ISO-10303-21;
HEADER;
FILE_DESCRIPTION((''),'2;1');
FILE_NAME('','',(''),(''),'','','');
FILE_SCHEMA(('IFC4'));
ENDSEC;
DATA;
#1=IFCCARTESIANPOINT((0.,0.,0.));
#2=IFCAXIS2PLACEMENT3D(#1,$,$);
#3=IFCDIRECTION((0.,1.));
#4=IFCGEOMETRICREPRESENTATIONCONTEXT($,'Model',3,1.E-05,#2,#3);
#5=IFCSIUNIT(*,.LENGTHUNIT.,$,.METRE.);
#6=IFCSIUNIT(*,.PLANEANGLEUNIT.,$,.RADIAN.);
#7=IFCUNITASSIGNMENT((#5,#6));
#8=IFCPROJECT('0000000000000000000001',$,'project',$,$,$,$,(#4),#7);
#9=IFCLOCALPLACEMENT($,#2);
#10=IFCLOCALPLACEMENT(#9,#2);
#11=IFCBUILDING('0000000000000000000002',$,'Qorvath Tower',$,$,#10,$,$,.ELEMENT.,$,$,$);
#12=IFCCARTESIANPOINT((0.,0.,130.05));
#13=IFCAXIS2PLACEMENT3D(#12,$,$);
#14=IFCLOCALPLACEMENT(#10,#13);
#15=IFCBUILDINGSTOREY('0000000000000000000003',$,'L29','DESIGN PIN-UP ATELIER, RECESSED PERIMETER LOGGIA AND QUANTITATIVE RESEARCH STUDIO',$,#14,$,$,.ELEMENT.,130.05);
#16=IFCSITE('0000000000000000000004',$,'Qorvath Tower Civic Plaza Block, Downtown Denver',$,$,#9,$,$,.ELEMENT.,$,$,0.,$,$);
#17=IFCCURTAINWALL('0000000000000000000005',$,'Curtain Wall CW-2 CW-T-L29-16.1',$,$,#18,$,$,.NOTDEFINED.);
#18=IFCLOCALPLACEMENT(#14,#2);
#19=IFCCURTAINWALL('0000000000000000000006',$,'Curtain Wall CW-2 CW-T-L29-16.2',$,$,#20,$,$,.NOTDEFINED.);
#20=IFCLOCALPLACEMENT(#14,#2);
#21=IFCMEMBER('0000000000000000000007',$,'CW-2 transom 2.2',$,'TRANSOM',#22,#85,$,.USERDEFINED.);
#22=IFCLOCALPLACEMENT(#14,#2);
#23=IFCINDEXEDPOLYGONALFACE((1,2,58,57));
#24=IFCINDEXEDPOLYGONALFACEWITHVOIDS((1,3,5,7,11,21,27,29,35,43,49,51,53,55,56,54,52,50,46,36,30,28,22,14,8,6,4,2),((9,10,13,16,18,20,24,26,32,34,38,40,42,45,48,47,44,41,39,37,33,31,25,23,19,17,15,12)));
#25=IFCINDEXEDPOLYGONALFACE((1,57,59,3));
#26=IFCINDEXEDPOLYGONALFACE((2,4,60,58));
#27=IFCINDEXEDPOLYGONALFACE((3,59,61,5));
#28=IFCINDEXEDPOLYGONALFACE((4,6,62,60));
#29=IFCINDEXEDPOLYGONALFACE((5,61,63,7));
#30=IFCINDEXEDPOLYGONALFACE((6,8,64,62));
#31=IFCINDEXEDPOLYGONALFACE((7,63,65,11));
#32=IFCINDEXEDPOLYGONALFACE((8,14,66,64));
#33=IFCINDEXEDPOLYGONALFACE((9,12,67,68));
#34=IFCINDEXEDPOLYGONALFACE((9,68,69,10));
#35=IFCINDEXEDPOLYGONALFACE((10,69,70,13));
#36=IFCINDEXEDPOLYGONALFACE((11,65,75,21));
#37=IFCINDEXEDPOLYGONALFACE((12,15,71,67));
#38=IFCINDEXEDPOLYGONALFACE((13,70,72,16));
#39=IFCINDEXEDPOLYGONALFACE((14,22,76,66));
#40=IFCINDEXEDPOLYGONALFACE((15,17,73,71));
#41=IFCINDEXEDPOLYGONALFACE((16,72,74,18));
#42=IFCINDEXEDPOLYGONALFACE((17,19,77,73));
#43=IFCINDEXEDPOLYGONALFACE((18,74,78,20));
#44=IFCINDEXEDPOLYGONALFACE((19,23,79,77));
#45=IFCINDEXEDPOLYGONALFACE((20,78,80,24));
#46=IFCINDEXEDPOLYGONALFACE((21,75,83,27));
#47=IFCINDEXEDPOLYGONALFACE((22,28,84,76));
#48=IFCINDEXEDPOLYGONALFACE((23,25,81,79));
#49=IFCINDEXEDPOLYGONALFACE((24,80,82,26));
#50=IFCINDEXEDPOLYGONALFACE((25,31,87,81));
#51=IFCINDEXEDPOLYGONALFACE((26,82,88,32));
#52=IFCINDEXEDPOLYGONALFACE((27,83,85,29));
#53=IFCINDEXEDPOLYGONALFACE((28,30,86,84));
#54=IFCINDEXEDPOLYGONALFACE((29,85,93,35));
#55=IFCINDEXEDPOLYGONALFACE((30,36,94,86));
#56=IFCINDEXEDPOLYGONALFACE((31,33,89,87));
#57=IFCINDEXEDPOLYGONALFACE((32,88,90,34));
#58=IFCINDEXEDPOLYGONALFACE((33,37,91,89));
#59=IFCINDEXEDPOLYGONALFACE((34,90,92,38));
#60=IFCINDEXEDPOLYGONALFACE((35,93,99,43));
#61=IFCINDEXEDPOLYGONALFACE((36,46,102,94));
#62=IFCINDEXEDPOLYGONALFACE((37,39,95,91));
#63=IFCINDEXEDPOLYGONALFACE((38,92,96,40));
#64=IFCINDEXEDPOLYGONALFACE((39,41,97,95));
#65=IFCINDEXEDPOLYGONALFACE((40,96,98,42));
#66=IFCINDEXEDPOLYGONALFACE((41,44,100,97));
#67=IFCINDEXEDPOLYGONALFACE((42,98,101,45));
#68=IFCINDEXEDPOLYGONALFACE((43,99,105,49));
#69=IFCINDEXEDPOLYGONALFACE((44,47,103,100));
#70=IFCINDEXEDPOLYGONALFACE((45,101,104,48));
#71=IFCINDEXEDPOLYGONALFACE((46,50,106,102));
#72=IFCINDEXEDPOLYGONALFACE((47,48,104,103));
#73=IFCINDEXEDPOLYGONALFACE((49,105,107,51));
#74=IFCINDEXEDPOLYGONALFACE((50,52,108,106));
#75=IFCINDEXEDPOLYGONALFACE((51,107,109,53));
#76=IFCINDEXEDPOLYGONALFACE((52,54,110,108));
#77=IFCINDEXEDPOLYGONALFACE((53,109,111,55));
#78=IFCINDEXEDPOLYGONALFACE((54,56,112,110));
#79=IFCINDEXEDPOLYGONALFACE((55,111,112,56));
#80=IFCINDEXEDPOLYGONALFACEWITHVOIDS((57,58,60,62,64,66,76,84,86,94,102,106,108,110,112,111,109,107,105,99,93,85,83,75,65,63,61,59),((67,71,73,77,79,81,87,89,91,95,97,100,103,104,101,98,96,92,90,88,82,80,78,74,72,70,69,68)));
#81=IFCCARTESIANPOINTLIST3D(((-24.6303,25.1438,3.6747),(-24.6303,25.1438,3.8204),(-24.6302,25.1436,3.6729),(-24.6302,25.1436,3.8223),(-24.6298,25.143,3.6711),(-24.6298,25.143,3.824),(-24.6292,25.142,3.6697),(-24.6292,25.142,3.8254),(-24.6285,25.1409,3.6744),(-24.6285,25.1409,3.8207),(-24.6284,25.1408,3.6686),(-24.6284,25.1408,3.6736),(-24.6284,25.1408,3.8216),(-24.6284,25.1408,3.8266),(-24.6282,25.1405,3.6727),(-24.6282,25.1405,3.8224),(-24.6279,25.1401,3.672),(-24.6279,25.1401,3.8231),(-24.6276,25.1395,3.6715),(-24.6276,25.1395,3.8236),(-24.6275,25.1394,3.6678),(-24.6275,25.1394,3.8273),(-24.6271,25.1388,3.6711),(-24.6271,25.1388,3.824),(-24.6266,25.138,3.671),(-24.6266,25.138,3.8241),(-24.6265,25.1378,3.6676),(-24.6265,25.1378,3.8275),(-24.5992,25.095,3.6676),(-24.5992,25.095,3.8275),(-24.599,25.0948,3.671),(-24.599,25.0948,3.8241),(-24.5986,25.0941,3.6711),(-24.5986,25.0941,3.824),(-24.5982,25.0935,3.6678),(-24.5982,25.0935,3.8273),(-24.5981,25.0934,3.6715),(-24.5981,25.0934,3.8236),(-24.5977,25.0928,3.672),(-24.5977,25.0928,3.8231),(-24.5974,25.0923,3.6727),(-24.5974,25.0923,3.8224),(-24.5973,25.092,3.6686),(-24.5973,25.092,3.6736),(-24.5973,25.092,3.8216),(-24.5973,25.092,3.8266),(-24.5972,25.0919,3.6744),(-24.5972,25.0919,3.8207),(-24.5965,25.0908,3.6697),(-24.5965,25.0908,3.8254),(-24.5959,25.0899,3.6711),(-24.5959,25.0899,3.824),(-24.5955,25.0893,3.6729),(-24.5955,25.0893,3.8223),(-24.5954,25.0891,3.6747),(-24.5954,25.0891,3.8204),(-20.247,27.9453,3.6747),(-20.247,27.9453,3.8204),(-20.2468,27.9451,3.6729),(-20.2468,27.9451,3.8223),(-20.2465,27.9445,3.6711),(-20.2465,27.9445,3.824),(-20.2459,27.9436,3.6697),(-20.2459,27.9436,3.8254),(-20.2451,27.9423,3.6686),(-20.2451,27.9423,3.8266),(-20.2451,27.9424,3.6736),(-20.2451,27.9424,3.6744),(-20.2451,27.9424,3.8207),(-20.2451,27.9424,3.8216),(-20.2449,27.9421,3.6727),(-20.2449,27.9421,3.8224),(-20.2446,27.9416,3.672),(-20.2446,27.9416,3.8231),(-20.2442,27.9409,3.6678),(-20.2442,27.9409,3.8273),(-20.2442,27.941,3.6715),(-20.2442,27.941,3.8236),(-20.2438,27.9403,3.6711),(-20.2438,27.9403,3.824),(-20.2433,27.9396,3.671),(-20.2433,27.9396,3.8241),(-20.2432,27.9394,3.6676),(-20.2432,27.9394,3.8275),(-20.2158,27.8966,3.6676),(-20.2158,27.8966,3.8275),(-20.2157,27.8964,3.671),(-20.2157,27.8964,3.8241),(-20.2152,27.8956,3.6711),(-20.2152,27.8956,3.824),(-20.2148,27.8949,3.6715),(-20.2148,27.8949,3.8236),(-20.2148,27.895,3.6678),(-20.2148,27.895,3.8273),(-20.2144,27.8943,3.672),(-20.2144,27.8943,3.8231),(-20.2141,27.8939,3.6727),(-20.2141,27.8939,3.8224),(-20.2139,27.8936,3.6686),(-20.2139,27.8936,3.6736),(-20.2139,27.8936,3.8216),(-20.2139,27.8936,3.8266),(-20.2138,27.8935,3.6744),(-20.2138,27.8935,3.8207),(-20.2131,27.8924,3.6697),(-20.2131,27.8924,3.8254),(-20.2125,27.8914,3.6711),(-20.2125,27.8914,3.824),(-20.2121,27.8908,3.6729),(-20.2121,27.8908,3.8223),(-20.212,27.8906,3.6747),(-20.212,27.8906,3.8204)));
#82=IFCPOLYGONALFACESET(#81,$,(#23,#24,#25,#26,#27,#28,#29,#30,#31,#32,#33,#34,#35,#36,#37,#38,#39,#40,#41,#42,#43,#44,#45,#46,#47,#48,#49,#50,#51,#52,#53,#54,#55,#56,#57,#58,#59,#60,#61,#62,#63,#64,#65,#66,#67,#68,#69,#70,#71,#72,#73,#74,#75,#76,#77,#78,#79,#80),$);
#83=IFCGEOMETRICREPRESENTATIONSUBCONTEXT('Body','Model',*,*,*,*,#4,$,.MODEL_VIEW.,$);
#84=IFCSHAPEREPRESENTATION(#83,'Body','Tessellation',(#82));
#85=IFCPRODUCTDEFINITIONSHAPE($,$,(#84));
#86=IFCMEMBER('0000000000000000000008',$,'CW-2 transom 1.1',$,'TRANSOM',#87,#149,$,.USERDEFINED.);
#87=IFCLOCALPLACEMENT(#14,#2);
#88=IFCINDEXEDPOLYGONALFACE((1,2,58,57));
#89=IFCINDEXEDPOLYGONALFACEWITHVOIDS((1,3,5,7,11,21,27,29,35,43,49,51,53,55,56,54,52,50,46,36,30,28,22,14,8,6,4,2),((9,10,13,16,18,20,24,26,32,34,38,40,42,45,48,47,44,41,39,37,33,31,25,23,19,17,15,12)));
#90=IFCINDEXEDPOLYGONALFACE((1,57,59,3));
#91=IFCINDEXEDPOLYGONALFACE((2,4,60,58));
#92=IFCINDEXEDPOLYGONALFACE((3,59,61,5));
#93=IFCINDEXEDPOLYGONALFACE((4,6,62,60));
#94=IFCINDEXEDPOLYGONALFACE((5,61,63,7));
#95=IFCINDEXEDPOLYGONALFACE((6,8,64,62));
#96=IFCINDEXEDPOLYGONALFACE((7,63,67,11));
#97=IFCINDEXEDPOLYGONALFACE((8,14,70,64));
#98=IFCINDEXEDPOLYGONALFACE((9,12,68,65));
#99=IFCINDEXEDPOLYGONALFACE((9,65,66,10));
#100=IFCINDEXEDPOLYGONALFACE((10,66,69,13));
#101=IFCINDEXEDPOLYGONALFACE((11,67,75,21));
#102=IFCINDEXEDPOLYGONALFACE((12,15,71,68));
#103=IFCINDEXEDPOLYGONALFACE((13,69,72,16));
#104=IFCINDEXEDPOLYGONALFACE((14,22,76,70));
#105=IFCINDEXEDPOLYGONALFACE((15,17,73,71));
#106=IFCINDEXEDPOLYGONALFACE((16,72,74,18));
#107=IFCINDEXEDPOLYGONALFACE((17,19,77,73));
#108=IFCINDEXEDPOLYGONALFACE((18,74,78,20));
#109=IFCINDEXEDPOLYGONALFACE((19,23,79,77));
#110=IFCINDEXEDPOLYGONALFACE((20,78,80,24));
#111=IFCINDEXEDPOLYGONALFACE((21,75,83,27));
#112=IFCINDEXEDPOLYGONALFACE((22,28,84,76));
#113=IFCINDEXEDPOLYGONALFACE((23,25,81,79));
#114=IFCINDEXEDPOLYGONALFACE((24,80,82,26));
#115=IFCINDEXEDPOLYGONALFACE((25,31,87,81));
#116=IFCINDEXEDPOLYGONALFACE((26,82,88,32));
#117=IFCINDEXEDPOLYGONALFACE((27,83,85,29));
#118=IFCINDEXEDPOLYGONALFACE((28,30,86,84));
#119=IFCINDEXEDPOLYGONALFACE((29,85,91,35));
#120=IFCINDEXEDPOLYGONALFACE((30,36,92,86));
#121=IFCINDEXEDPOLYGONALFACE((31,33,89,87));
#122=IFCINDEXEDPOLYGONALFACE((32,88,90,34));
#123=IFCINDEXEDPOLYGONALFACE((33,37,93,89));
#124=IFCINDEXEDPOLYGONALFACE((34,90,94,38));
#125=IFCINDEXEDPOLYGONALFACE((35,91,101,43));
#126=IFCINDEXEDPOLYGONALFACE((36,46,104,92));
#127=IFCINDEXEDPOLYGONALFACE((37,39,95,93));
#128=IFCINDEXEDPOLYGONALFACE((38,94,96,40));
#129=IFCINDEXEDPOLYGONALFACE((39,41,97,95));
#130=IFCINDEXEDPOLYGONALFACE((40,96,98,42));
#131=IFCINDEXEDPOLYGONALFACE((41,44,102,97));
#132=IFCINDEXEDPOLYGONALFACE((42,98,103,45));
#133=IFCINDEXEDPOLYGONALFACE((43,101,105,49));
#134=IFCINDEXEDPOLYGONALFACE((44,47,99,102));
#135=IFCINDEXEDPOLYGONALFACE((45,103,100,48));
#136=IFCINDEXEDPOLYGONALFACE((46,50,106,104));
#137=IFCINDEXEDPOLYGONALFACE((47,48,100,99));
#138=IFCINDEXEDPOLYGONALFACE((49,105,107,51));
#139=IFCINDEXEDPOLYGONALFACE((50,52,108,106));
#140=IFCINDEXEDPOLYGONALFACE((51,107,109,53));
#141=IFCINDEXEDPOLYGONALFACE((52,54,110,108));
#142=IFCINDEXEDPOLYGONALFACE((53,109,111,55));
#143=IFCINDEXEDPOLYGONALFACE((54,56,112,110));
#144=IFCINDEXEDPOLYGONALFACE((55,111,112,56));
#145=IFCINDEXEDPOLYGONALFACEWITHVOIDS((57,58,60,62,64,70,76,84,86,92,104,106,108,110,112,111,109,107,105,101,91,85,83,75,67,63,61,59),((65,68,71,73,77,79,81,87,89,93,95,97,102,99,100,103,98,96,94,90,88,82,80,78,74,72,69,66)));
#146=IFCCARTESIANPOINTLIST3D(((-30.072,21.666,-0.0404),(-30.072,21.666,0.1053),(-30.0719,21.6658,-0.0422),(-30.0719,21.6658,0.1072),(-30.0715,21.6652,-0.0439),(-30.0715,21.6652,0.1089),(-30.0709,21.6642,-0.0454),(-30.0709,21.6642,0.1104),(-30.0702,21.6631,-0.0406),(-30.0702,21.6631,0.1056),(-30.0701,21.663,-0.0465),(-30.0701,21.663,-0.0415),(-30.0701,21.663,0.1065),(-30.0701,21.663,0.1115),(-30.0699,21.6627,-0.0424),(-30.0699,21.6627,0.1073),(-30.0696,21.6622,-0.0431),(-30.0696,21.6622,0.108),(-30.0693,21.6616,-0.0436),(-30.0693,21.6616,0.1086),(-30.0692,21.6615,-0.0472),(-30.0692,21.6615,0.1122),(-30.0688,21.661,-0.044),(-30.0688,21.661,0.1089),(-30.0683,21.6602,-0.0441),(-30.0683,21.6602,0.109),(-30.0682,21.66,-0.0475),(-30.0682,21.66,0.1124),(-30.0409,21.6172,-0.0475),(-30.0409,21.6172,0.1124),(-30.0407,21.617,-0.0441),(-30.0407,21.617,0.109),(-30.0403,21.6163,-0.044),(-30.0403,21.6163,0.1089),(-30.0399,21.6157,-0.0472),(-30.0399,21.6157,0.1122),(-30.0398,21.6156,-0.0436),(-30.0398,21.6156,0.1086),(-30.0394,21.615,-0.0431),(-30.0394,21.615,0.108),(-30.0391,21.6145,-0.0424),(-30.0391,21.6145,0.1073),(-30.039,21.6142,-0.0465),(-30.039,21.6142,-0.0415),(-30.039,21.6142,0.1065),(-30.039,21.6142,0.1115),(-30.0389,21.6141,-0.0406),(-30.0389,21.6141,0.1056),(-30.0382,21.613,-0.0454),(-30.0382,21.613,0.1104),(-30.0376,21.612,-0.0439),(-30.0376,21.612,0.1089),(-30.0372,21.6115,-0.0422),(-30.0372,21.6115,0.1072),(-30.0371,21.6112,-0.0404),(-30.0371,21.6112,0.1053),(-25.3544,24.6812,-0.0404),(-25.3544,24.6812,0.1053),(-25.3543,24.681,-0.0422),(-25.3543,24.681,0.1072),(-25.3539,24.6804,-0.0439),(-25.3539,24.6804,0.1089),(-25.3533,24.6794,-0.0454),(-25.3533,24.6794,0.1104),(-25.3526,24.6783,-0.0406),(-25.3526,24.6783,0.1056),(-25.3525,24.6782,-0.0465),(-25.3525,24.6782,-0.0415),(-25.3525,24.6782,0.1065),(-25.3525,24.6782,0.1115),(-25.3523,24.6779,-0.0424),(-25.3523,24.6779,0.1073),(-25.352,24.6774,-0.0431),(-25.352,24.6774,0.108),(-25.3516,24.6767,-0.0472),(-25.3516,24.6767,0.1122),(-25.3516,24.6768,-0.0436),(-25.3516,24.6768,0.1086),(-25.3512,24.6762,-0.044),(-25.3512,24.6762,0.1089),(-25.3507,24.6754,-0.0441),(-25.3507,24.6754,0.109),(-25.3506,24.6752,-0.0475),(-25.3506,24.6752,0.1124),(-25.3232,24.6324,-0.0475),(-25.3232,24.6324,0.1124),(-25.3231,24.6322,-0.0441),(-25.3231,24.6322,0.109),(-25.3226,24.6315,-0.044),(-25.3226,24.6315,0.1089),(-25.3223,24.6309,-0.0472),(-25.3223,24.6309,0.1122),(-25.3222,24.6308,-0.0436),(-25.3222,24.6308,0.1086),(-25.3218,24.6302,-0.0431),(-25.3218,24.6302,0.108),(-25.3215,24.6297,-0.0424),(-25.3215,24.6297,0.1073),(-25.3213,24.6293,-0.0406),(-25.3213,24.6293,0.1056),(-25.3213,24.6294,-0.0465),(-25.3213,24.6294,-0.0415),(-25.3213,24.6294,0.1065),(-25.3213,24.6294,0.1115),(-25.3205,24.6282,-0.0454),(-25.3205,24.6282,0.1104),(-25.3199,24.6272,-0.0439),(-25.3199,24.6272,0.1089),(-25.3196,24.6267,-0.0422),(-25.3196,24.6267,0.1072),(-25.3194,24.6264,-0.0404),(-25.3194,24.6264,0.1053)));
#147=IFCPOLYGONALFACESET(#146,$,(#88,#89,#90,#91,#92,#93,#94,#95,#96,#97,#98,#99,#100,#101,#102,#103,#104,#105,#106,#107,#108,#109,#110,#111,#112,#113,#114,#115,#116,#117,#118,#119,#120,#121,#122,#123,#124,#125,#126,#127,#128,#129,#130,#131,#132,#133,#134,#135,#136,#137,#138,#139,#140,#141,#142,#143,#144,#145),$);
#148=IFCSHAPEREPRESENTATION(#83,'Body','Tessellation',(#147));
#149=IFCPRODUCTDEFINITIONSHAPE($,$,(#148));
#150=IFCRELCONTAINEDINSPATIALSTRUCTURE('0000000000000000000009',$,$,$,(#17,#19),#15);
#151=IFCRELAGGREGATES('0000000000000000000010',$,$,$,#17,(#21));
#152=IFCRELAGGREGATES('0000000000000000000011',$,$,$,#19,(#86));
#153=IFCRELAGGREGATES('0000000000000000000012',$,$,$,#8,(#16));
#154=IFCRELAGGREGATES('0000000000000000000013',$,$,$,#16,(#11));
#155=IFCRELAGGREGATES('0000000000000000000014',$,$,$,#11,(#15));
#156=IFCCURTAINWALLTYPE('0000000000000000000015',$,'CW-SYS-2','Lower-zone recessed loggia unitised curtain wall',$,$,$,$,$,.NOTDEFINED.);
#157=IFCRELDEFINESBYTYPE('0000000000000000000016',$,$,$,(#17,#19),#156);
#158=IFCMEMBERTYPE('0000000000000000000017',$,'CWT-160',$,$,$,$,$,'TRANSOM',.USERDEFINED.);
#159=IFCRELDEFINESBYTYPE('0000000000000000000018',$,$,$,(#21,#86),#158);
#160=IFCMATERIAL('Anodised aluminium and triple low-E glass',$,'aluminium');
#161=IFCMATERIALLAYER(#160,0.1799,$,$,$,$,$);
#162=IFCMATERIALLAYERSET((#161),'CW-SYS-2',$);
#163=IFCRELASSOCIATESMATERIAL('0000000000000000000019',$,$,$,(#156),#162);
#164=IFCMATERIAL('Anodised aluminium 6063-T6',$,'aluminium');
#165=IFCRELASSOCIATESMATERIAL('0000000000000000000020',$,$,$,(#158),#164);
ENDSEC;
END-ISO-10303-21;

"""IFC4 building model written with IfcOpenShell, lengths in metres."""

from ifc_helpers import new_model, si_unit, direction, frame, origin, origin_2d, place, context, subcontext, project, spatial, hollow_rectangle, extrude, material, layer, layer_set, material_profile, profile_set, type_object, element, aggregate, save


model = new_model("IFC4")

# Units and contexts
model_context = context("Model", 3, precision=1e-05, world=origin(), true_north=direction((0.0, 1.0)))
body_context = subcontext(model_context, "Body", "Model", "MODEL_VIEW")
ifc_project = project(units=[si_unit("LENGTHUNIT", "METRE"), si_unit("PLANEANGLEUNIT", "RADIAN")], contexts=[model_context])

# Site, building, storey
site_placement = place(None, origin())
site = spatial("IfcSite", under=ifc_project, at=site_placement, Name="Qorvath Tower Civic Plaza Block, Downtown Denver", CompositionType="ELEMENT", RefElevation=0.0)
building_placement = place(site_placement, origin())
building = spatial("IfcBuilding", under=site, at=building_placement, Name="Qorvath Tower", CompositionType="ELEMENT")
storey_placement = place(building_placement, frame((0.0, 0.0, 130.05)))
storey = spatial("IfcBuildingStorey", under=building, at=storey_placement, Name="L29", Description="DESIGN PIN-UP ATELIER, RECESSED PERIMETER LOGGIA AND QUANTITATIVE RESEARCH STUDIO", CompositionType="ELEMENT", Elevation=130.05)

# Curtain wall
ifc_material_1 = material(Name="Anodised aluminium and triple low-E glass", Category="aluminium")
ifc_layer_1 = layer(ifc_material_1, 0.1799)
ifc_layer_set_1 = layer_set([ifc_layer_1], Name="CW-SYS-2")
curtain_wall_type = type_object("IfcCurtainWallType", Name="CW-SYS-2", Description="Lower-zone recessed loggia unitised curtain wall", PredefinedType="NOTDEFINED", material=ifc_layer_set_1)
curtain_wall_1_placement = place(storey_placement, origin())
curtain_wall_1 = element("IfcCurtainWall", 1, at=curtain_wall_1_placement, inside=storey, type_object=curtain_wall_type, Name="Curtain Wall CW-2 CW-T-L29-16.1", PredefinedType="NOTDEFINED")

# Curtain wall
curtain_wall_2_placement = place(storey_placement, origin())
curtain_wall_2 = element("IfcCurtainWall", 2, at=curtain_wall_2_placement, inside=storey, type_object=curtain_wall_type, Name="Curtain Wall CW-2 CW-T-L29-16.2", PredefinedType="NOTDEFINED")

# Members
ifc_material_2 = material(Name="Anodised aluminium 6063-T6", Category="aluminium")
ifc_material_profile_1 = material_profile(ifc_material_2, hollow_rectangle(XDim=0.0649, YDim=0.1599, WallThickness=0.0034, InnerFilletRadius=0.0034, OuterFilletRadius=0.0071, at=origin_2d()), Name="CWT 160x65")
ifc_profile_set_1 = profile_set([ifc_material_profile_1], Name="Anodised aluminium 6063-T6")
member_type_1 = type_object("IfcMemberType", Name="CWT-160", ElementType="TRANSOM", PredefinedType="USERDEFINED", material=ifc_profile_set_1)
member_1_placement = place(storey_placement, frame((-20.2295, 27.918, 3.7476), z_axis=(-0.842603, -0.538536, 0.0), x_axis=(0.538536, -0.842603, 0.0)))
member_1 = element("IfcMember", 3, at=member_1_placement, type_object=member_type_1, Name="CW-2 transom 2.2", ObjectType="TRANSOM", PredefinedType="USERDEFINED", context=body_context, shape_type="SweptSolid", body=[
    extrude(hollow_rectangle(XDim=0.0649, YDim=0.1599, WallThickness=0.0034, InnerFilletRadius=0.0034, OuterFilletRadius=0.0071, at=origin_2d()), origin(), (0.0, 0.0, 1.0), 5.2021),
])
member_2_placement = place(storey_placement, frame((-25.3369, 24.6538, 0.0325), z_axis=(-0.842602, -0.538536, 0.0), x_axis=(0.538536, -0.842602, 0.0)))
member_2 = element("IfcMember", 4, at=member_2_placement, type_object=member_type_1, Name="CW-2 transom 1.1", ObjectType="TRANSOM", PredefinedType="USERDEFINED", context=body_context, shape_type="SweptSolid", body=[
    extrude(hollow_rectangle(XDim=0.0649, YDim=0.1599, WallThickness=0.0034, InnerFilletRadius=0.0034, OuterFilletRadius=0.0071, at=origin_2d()), origin(), (0.0, 0.0, 1.0), 5.5989),
])

aggregate(curtain_wall_1, [member_1])
aggregate(curtain_wall_2, [member_2])

save(model, "model.ifc")
